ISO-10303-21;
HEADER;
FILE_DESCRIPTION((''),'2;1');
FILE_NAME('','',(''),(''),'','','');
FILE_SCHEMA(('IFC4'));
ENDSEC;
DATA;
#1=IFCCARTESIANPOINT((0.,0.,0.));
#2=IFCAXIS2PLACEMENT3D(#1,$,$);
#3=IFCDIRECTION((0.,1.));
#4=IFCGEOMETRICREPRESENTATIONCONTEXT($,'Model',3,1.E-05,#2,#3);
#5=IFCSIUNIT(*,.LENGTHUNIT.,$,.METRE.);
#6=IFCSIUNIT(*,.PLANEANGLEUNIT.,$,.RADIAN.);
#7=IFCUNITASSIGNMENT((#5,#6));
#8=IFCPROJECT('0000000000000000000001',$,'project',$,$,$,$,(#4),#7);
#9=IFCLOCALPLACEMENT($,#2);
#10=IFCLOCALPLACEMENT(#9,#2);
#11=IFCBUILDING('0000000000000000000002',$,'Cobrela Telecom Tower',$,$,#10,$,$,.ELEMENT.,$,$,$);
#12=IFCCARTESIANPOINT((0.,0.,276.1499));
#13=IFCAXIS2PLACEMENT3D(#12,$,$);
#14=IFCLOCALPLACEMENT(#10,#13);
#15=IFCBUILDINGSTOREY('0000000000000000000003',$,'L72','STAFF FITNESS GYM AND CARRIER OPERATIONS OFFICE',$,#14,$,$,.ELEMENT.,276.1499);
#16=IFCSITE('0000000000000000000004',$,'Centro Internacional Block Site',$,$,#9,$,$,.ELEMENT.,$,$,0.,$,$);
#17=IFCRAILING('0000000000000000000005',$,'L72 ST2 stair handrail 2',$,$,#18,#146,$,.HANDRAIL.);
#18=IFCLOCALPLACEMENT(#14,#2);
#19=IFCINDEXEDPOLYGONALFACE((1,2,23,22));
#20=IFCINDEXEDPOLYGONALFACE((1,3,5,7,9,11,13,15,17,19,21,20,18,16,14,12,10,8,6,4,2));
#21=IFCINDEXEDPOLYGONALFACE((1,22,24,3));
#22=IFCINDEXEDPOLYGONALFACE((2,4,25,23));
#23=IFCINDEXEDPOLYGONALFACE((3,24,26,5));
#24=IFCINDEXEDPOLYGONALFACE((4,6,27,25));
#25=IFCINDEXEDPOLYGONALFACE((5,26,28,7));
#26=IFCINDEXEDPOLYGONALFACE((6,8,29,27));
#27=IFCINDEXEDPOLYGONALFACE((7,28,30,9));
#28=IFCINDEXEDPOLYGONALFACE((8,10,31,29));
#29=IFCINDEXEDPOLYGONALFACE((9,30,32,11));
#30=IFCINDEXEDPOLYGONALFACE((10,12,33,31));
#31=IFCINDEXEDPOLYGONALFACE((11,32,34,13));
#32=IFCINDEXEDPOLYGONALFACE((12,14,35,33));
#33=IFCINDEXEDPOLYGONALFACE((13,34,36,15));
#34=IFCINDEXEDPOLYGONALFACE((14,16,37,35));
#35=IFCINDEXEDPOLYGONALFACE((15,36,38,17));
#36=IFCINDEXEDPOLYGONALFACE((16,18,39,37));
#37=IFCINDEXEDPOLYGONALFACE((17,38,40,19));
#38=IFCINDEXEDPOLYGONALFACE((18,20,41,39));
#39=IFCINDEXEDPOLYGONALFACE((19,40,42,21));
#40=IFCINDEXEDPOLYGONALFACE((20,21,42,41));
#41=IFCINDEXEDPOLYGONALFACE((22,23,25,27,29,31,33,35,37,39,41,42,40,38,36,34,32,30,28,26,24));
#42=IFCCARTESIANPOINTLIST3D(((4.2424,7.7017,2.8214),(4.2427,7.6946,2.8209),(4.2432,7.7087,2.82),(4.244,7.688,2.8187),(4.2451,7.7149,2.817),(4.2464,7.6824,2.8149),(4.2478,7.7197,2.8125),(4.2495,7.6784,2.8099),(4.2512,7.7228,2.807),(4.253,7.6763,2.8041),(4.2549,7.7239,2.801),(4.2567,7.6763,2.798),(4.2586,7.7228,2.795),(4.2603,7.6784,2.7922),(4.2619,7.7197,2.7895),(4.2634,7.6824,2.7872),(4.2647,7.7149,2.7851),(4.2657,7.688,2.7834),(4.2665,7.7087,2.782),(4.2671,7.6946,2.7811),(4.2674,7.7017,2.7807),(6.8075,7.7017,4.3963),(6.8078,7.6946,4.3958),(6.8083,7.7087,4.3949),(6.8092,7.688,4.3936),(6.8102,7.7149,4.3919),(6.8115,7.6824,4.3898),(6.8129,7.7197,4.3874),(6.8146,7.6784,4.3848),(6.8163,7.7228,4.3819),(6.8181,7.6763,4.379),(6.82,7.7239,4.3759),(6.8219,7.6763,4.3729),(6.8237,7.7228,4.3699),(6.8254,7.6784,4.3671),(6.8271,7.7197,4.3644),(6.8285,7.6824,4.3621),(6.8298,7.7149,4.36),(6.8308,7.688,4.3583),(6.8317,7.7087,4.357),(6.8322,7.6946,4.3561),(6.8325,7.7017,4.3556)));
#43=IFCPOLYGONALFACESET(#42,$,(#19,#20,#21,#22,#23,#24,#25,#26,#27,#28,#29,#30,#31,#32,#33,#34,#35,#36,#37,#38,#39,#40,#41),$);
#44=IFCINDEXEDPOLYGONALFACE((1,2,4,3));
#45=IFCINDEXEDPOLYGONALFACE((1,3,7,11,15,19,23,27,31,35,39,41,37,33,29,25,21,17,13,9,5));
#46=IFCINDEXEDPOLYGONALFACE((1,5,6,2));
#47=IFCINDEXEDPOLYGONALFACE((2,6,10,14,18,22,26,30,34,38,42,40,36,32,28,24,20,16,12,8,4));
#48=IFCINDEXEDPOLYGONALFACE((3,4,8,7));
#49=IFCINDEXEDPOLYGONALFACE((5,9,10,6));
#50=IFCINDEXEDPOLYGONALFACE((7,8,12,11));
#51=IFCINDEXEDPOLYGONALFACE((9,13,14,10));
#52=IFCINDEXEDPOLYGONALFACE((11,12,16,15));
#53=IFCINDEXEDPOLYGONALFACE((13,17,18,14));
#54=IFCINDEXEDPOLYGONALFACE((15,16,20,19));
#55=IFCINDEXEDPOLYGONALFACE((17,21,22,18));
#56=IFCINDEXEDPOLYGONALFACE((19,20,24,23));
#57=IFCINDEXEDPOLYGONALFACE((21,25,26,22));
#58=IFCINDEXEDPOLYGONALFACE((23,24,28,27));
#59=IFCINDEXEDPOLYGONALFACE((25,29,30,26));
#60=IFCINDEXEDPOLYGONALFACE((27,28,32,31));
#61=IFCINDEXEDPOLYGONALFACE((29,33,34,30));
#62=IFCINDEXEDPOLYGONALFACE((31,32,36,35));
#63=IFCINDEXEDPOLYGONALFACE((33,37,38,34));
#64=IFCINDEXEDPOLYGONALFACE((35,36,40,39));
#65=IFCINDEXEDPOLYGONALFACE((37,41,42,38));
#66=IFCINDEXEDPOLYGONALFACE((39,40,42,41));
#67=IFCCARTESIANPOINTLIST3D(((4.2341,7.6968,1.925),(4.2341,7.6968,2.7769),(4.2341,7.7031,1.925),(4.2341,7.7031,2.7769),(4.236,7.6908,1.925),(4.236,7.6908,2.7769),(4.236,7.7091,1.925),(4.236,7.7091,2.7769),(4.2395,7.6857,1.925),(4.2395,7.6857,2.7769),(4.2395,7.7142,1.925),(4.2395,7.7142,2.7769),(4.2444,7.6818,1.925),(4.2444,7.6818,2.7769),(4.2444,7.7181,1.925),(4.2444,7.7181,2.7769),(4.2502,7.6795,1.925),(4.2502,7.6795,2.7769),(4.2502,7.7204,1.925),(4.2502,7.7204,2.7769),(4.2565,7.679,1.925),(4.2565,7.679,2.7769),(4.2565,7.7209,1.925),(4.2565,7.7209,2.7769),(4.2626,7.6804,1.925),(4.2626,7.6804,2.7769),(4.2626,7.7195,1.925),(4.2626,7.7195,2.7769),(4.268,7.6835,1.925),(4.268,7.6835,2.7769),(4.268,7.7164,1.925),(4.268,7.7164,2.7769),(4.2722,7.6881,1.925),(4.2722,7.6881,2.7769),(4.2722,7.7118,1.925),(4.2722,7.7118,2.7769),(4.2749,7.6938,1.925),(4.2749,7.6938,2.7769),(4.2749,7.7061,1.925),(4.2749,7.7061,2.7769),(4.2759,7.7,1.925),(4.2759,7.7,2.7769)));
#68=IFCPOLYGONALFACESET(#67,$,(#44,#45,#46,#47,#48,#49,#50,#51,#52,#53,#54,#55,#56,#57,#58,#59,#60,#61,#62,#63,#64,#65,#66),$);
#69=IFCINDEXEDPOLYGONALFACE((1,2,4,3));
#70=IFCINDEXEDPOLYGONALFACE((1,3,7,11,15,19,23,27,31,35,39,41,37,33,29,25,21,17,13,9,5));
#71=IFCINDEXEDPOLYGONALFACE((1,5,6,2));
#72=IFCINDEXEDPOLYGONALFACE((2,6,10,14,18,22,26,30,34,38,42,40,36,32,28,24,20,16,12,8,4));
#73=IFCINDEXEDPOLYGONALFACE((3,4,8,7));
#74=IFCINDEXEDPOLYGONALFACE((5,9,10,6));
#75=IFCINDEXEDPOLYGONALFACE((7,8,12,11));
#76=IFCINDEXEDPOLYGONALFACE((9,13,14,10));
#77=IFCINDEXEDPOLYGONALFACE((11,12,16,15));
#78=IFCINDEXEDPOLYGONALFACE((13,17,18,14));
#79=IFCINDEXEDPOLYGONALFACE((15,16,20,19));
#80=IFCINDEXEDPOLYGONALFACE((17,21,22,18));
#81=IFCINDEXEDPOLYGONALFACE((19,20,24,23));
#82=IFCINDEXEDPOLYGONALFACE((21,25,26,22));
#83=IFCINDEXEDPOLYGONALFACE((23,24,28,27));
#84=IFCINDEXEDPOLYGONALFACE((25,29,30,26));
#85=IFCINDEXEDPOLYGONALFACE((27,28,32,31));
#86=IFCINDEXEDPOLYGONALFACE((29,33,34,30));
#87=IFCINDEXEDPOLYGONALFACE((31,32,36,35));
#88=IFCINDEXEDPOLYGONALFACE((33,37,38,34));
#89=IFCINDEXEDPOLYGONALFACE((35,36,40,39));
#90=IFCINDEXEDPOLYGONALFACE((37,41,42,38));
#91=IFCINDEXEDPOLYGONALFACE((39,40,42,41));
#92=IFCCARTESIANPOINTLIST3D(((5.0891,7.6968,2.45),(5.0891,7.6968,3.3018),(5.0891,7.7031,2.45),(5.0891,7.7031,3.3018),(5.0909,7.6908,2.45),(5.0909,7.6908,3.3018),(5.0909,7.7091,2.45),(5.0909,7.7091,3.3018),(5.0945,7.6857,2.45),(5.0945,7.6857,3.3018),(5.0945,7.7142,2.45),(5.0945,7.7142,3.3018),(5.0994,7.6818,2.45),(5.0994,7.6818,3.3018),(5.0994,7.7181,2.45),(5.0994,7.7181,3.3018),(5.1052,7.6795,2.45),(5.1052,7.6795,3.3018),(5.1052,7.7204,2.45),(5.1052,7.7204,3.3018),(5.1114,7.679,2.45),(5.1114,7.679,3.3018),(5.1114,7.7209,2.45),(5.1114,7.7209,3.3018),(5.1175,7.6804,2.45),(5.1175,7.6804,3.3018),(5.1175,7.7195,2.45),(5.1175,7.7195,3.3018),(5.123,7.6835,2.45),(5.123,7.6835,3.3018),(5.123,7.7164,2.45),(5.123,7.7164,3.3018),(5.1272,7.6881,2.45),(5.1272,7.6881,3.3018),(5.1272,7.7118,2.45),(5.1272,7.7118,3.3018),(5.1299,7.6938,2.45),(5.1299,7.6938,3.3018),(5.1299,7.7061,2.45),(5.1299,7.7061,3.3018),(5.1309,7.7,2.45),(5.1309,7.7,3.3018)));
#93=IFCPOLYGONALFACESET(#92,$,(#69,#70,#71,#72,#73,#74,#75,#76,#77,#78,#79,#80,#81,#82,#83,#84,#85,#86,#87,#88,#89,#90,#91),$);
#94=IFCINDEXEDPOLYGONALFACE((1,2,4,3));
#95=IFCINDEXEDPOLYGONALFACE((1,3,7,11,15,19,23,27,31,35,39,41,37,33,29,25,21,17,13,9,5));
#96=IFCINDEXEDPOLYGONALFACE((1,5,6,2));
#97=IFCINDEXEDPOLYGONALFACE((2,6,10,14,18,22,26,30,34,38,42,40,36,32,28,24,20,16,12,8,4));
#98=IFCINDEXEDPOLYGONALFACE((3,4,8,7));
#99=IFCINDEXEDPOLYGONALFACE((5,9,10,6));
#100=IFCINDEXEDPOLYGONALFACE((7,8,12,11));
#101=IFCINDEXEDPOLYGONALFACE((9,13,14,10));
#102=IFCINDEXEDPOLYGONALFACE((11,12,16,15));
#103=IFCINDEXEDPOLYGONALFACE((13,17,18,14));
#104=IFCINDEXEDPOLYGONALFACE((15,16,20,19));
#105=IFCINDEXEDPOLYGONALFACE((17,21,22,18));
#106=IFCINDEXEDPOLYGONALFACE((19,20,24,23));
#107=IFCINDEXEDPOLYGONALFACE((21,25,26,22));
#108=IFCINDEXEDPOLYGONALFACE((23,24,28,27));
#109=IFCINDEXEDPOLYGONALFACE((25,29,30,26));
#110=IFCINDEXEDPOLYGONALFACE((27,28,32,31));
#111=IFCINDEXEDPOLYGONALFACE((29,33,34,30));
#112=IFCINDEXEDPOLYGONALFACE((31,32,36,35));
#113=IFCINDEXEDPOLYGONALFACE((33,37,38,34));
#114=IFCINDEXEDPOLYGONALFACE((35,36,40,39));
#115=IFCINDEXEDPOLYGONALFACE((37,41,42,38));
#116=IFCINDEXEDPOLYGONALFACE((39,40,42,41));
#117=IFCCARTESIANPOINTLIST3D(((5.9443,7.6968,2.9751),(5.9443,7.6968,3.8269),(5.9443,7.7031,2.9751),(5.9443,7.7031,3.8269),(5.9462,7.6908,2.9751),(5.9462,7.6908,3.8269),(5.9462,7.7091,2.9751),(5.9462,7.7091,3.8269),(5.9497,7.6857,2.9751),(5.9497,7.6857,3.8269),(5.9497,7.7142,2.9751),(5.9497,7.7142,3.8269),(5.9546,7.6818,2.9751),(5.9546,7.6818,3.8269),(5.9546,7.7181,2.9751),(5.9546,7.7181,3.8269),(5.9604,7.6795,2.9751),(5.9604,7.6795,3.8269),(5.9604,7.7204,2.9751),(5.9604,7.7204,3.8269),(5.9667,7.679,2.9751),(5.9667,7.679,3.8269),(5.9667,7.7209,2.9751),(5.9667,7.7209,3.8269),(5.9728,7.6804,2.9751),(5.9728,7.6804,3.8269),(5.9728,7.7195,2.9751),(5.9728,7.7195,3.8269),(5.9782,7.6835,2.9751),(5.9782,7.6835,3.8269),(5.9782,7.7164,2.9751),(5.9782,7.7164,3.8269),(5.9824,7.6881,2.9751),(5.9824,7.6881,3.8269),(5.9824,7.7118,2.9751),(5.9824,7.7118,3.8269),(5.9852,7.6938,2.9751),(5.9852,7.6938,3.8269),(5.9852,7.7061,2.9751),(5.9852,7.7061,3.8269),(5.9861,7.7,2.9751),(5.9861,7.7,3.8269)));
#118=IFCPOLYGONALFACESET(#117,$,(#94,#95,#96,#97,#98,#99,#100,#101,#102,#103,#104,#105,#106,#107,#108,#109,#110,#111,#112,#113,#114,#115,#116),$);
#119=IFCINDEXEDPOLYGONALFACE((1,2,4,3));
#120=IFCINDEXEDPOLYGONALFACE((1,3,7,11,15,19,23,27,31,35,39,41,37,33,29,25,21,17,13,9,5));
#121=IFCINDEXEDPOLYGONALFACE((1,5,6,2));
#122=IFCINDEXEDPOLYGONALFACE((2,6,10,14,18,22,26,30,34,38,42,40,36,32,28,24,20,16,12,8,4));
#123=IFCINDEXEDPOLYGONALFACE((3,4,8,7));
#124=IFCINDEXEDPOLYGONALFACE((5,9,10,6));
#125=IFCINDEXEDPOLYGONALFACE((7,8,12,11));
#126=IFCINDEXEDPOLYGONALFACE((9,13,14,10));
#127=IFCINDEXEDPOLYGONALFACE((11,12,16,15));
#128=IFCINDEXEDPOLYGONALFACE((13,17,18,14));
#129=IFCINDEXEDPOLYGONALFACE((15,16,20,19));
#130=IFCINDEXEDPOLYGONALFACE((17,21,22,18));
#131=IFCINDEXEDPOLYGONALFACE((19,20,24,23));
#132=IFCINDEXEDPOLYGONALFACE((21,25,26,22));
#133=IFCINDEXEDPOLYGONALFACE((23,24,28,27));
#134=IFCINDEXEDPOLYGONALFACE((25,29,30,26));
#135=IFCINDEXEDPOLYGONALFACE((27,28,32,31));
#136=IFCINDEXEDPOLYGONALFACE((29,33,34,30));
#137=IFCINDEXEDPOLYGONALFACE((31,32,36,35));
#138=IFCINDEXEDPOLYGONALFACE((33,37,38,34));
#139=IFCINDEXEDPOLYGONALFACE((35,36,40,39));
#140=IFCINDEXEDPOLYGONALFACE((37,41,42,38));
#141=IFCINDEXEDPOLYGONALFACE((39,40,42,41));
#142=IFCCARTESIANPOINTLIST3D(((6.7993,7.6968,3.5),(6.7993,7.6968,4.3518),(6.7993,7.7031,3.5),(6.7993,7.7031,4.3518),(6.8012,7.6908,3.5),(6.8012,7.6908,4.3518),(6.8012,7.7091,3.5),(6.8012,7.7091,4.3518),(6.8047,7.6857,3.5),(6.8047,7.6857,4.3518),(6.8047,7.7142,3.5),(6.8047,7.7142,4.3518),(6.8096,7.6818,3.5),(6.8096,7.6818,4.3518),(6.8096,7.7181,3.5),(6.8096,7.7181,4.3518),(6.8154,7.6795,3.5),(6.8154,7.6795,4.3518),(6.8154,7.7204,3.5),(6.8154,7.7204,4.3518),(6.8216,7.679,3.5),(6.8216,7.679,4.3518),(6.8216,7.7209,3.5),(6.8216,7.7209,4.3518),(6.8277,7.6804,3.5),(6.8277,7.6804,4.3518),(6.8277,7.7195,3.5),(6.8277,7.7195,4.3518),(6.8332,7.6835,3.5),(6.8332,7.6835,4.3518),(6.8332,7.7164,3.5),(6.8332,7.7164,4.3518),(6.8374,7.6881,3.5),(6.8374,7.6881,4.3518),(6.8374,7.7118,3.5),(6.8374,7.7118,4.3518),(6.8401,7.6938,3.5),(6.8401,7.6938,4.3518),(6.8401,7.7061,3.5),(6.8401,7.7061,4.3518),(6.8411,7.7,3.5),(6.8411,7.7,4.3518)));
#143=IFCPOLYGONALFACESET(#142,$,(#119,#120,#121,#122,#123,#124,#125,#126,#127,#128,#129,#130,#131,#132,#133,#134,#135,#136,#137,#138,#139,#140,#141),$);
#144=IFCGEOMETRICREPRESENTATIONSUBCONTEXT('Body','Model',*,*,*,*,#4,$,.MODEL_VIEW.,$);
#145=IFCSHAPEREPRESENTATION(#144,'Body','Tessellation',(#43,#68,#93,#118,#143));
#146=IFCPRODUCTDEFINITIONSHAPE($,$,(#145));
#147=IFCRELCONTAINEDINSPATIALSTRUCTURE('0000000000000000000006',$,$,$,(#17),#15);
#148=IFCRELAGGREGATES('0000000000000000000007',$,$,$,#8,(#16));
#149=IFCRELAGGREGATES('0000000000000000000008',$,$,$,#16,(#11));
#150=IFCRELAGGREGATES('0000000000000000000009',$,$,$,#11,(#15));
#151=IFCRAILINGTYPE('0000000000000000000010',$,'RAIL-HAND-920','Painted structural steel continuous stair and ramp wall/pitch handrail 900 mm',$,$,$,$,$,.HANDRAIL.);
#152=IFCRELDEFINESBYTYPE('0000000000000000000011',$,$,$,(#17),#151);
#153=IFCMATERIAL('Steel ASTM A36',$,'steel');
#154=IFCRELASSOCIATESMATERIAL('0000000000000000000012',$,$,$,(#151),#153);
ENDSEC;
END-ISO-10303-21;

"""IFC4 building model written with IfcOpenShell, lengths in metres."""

from ifc_helpers import new_model, si_unit, direction, frame, origin, origin_2d, place, context, subcontext, project, spatial, circle, extrude, material, type_object, element, save


model = new_model("IFC4")

# Units and contexts
model_context = context("Model", 3, precision=1e-05, world=origin(), true_north=direction((0.0, 1.0)))
body_context = subcontext(model_context, "Body", "Model", "MODEL_VIEW")
ifc_project = project(units=[si_unit("LENGTHUNIT", "METRE"), si_unit("PLANEANGLEUNIT", "RADIAN")], contexts=[model_context])

# Site, building, storey
site_placement = place(None, origin())
site = spatial("IfcSite", under=ifc_project, at=site_placement, Name="Centro Internacional Block Site", CompositionType="ELEMENT", RefElevation=0.0)
building_placement = place(site_placement, origin())
building = spatial("IfcBuilding", under=site, at=building_placement, Name="Cobrela Telecom Tower", CompositionType="ELEMENT")
storey_placement = place(building_placement, frame((0.0, 0.0, 276.1499)))
storey = spatial("IfcBuildingStorey", under=building, at=storey_placement, Name="L72", Description="STAFF FITNESS GYM AND CARRIER OPERATIONS OFFICE", CompositionType="ELEMENT", Elevation=276.1499)

# Railing
ifc_material_1 = material(Name="Steel ASTM A36", Category="steel")
railing_type_1 = type_object("IfcRailingType", Name="RAIL-HAND-920", Description="Painted structural steel continuous stair and ramp wall/pitch handrail 900 mm", PredefinedType="HANDRAIL", material=ifc_material_1)
railing_1_placement = place(storey_placement, frame((4.2549, 7.7, 1.925)))
element("IfcRailing", 1, at=railing_1_placement, inside=storey, type_object=railing_type_1, Name="L72 ST2 stair handrail 2", PredefinedType="HANDRAIL", context=body_context, shape_type="SweptSolid", body=[
    extrude(circle(Radius=0.0239, at=origin_2d()), frame((0.0, 0.0, 0.876), z_axis=(0.852195, 0.0, 0.523224), x_axis=(0.0, 1.0, 0.0)), (0.0, 0.0, 1.0), 3.01),
    extrude(circle(Radius=0.021, at=origin_2d()), origin(), (0.0, 0.0, 1.0), 0.8518),
    extrude(circle(Radius=0.021, at=origin_2d()), frame((0.855, 0.0, 0.5249)), (0.0, 0.0, 1.0), 0.8518),
    extrude(circle(Radius=0.021, at=origin_2d()), frame((1.7102, 0.0, 1.05)), (0.0, 0.0, 1.0), 0.8518),
    extrude(circle(Radius=0.021, at=origin_2d()), frame((2.5652, 0.0, 1.575)), (0.0, 0.0, 1.0), 0.8518),
])

save(model, "model.ifc")
